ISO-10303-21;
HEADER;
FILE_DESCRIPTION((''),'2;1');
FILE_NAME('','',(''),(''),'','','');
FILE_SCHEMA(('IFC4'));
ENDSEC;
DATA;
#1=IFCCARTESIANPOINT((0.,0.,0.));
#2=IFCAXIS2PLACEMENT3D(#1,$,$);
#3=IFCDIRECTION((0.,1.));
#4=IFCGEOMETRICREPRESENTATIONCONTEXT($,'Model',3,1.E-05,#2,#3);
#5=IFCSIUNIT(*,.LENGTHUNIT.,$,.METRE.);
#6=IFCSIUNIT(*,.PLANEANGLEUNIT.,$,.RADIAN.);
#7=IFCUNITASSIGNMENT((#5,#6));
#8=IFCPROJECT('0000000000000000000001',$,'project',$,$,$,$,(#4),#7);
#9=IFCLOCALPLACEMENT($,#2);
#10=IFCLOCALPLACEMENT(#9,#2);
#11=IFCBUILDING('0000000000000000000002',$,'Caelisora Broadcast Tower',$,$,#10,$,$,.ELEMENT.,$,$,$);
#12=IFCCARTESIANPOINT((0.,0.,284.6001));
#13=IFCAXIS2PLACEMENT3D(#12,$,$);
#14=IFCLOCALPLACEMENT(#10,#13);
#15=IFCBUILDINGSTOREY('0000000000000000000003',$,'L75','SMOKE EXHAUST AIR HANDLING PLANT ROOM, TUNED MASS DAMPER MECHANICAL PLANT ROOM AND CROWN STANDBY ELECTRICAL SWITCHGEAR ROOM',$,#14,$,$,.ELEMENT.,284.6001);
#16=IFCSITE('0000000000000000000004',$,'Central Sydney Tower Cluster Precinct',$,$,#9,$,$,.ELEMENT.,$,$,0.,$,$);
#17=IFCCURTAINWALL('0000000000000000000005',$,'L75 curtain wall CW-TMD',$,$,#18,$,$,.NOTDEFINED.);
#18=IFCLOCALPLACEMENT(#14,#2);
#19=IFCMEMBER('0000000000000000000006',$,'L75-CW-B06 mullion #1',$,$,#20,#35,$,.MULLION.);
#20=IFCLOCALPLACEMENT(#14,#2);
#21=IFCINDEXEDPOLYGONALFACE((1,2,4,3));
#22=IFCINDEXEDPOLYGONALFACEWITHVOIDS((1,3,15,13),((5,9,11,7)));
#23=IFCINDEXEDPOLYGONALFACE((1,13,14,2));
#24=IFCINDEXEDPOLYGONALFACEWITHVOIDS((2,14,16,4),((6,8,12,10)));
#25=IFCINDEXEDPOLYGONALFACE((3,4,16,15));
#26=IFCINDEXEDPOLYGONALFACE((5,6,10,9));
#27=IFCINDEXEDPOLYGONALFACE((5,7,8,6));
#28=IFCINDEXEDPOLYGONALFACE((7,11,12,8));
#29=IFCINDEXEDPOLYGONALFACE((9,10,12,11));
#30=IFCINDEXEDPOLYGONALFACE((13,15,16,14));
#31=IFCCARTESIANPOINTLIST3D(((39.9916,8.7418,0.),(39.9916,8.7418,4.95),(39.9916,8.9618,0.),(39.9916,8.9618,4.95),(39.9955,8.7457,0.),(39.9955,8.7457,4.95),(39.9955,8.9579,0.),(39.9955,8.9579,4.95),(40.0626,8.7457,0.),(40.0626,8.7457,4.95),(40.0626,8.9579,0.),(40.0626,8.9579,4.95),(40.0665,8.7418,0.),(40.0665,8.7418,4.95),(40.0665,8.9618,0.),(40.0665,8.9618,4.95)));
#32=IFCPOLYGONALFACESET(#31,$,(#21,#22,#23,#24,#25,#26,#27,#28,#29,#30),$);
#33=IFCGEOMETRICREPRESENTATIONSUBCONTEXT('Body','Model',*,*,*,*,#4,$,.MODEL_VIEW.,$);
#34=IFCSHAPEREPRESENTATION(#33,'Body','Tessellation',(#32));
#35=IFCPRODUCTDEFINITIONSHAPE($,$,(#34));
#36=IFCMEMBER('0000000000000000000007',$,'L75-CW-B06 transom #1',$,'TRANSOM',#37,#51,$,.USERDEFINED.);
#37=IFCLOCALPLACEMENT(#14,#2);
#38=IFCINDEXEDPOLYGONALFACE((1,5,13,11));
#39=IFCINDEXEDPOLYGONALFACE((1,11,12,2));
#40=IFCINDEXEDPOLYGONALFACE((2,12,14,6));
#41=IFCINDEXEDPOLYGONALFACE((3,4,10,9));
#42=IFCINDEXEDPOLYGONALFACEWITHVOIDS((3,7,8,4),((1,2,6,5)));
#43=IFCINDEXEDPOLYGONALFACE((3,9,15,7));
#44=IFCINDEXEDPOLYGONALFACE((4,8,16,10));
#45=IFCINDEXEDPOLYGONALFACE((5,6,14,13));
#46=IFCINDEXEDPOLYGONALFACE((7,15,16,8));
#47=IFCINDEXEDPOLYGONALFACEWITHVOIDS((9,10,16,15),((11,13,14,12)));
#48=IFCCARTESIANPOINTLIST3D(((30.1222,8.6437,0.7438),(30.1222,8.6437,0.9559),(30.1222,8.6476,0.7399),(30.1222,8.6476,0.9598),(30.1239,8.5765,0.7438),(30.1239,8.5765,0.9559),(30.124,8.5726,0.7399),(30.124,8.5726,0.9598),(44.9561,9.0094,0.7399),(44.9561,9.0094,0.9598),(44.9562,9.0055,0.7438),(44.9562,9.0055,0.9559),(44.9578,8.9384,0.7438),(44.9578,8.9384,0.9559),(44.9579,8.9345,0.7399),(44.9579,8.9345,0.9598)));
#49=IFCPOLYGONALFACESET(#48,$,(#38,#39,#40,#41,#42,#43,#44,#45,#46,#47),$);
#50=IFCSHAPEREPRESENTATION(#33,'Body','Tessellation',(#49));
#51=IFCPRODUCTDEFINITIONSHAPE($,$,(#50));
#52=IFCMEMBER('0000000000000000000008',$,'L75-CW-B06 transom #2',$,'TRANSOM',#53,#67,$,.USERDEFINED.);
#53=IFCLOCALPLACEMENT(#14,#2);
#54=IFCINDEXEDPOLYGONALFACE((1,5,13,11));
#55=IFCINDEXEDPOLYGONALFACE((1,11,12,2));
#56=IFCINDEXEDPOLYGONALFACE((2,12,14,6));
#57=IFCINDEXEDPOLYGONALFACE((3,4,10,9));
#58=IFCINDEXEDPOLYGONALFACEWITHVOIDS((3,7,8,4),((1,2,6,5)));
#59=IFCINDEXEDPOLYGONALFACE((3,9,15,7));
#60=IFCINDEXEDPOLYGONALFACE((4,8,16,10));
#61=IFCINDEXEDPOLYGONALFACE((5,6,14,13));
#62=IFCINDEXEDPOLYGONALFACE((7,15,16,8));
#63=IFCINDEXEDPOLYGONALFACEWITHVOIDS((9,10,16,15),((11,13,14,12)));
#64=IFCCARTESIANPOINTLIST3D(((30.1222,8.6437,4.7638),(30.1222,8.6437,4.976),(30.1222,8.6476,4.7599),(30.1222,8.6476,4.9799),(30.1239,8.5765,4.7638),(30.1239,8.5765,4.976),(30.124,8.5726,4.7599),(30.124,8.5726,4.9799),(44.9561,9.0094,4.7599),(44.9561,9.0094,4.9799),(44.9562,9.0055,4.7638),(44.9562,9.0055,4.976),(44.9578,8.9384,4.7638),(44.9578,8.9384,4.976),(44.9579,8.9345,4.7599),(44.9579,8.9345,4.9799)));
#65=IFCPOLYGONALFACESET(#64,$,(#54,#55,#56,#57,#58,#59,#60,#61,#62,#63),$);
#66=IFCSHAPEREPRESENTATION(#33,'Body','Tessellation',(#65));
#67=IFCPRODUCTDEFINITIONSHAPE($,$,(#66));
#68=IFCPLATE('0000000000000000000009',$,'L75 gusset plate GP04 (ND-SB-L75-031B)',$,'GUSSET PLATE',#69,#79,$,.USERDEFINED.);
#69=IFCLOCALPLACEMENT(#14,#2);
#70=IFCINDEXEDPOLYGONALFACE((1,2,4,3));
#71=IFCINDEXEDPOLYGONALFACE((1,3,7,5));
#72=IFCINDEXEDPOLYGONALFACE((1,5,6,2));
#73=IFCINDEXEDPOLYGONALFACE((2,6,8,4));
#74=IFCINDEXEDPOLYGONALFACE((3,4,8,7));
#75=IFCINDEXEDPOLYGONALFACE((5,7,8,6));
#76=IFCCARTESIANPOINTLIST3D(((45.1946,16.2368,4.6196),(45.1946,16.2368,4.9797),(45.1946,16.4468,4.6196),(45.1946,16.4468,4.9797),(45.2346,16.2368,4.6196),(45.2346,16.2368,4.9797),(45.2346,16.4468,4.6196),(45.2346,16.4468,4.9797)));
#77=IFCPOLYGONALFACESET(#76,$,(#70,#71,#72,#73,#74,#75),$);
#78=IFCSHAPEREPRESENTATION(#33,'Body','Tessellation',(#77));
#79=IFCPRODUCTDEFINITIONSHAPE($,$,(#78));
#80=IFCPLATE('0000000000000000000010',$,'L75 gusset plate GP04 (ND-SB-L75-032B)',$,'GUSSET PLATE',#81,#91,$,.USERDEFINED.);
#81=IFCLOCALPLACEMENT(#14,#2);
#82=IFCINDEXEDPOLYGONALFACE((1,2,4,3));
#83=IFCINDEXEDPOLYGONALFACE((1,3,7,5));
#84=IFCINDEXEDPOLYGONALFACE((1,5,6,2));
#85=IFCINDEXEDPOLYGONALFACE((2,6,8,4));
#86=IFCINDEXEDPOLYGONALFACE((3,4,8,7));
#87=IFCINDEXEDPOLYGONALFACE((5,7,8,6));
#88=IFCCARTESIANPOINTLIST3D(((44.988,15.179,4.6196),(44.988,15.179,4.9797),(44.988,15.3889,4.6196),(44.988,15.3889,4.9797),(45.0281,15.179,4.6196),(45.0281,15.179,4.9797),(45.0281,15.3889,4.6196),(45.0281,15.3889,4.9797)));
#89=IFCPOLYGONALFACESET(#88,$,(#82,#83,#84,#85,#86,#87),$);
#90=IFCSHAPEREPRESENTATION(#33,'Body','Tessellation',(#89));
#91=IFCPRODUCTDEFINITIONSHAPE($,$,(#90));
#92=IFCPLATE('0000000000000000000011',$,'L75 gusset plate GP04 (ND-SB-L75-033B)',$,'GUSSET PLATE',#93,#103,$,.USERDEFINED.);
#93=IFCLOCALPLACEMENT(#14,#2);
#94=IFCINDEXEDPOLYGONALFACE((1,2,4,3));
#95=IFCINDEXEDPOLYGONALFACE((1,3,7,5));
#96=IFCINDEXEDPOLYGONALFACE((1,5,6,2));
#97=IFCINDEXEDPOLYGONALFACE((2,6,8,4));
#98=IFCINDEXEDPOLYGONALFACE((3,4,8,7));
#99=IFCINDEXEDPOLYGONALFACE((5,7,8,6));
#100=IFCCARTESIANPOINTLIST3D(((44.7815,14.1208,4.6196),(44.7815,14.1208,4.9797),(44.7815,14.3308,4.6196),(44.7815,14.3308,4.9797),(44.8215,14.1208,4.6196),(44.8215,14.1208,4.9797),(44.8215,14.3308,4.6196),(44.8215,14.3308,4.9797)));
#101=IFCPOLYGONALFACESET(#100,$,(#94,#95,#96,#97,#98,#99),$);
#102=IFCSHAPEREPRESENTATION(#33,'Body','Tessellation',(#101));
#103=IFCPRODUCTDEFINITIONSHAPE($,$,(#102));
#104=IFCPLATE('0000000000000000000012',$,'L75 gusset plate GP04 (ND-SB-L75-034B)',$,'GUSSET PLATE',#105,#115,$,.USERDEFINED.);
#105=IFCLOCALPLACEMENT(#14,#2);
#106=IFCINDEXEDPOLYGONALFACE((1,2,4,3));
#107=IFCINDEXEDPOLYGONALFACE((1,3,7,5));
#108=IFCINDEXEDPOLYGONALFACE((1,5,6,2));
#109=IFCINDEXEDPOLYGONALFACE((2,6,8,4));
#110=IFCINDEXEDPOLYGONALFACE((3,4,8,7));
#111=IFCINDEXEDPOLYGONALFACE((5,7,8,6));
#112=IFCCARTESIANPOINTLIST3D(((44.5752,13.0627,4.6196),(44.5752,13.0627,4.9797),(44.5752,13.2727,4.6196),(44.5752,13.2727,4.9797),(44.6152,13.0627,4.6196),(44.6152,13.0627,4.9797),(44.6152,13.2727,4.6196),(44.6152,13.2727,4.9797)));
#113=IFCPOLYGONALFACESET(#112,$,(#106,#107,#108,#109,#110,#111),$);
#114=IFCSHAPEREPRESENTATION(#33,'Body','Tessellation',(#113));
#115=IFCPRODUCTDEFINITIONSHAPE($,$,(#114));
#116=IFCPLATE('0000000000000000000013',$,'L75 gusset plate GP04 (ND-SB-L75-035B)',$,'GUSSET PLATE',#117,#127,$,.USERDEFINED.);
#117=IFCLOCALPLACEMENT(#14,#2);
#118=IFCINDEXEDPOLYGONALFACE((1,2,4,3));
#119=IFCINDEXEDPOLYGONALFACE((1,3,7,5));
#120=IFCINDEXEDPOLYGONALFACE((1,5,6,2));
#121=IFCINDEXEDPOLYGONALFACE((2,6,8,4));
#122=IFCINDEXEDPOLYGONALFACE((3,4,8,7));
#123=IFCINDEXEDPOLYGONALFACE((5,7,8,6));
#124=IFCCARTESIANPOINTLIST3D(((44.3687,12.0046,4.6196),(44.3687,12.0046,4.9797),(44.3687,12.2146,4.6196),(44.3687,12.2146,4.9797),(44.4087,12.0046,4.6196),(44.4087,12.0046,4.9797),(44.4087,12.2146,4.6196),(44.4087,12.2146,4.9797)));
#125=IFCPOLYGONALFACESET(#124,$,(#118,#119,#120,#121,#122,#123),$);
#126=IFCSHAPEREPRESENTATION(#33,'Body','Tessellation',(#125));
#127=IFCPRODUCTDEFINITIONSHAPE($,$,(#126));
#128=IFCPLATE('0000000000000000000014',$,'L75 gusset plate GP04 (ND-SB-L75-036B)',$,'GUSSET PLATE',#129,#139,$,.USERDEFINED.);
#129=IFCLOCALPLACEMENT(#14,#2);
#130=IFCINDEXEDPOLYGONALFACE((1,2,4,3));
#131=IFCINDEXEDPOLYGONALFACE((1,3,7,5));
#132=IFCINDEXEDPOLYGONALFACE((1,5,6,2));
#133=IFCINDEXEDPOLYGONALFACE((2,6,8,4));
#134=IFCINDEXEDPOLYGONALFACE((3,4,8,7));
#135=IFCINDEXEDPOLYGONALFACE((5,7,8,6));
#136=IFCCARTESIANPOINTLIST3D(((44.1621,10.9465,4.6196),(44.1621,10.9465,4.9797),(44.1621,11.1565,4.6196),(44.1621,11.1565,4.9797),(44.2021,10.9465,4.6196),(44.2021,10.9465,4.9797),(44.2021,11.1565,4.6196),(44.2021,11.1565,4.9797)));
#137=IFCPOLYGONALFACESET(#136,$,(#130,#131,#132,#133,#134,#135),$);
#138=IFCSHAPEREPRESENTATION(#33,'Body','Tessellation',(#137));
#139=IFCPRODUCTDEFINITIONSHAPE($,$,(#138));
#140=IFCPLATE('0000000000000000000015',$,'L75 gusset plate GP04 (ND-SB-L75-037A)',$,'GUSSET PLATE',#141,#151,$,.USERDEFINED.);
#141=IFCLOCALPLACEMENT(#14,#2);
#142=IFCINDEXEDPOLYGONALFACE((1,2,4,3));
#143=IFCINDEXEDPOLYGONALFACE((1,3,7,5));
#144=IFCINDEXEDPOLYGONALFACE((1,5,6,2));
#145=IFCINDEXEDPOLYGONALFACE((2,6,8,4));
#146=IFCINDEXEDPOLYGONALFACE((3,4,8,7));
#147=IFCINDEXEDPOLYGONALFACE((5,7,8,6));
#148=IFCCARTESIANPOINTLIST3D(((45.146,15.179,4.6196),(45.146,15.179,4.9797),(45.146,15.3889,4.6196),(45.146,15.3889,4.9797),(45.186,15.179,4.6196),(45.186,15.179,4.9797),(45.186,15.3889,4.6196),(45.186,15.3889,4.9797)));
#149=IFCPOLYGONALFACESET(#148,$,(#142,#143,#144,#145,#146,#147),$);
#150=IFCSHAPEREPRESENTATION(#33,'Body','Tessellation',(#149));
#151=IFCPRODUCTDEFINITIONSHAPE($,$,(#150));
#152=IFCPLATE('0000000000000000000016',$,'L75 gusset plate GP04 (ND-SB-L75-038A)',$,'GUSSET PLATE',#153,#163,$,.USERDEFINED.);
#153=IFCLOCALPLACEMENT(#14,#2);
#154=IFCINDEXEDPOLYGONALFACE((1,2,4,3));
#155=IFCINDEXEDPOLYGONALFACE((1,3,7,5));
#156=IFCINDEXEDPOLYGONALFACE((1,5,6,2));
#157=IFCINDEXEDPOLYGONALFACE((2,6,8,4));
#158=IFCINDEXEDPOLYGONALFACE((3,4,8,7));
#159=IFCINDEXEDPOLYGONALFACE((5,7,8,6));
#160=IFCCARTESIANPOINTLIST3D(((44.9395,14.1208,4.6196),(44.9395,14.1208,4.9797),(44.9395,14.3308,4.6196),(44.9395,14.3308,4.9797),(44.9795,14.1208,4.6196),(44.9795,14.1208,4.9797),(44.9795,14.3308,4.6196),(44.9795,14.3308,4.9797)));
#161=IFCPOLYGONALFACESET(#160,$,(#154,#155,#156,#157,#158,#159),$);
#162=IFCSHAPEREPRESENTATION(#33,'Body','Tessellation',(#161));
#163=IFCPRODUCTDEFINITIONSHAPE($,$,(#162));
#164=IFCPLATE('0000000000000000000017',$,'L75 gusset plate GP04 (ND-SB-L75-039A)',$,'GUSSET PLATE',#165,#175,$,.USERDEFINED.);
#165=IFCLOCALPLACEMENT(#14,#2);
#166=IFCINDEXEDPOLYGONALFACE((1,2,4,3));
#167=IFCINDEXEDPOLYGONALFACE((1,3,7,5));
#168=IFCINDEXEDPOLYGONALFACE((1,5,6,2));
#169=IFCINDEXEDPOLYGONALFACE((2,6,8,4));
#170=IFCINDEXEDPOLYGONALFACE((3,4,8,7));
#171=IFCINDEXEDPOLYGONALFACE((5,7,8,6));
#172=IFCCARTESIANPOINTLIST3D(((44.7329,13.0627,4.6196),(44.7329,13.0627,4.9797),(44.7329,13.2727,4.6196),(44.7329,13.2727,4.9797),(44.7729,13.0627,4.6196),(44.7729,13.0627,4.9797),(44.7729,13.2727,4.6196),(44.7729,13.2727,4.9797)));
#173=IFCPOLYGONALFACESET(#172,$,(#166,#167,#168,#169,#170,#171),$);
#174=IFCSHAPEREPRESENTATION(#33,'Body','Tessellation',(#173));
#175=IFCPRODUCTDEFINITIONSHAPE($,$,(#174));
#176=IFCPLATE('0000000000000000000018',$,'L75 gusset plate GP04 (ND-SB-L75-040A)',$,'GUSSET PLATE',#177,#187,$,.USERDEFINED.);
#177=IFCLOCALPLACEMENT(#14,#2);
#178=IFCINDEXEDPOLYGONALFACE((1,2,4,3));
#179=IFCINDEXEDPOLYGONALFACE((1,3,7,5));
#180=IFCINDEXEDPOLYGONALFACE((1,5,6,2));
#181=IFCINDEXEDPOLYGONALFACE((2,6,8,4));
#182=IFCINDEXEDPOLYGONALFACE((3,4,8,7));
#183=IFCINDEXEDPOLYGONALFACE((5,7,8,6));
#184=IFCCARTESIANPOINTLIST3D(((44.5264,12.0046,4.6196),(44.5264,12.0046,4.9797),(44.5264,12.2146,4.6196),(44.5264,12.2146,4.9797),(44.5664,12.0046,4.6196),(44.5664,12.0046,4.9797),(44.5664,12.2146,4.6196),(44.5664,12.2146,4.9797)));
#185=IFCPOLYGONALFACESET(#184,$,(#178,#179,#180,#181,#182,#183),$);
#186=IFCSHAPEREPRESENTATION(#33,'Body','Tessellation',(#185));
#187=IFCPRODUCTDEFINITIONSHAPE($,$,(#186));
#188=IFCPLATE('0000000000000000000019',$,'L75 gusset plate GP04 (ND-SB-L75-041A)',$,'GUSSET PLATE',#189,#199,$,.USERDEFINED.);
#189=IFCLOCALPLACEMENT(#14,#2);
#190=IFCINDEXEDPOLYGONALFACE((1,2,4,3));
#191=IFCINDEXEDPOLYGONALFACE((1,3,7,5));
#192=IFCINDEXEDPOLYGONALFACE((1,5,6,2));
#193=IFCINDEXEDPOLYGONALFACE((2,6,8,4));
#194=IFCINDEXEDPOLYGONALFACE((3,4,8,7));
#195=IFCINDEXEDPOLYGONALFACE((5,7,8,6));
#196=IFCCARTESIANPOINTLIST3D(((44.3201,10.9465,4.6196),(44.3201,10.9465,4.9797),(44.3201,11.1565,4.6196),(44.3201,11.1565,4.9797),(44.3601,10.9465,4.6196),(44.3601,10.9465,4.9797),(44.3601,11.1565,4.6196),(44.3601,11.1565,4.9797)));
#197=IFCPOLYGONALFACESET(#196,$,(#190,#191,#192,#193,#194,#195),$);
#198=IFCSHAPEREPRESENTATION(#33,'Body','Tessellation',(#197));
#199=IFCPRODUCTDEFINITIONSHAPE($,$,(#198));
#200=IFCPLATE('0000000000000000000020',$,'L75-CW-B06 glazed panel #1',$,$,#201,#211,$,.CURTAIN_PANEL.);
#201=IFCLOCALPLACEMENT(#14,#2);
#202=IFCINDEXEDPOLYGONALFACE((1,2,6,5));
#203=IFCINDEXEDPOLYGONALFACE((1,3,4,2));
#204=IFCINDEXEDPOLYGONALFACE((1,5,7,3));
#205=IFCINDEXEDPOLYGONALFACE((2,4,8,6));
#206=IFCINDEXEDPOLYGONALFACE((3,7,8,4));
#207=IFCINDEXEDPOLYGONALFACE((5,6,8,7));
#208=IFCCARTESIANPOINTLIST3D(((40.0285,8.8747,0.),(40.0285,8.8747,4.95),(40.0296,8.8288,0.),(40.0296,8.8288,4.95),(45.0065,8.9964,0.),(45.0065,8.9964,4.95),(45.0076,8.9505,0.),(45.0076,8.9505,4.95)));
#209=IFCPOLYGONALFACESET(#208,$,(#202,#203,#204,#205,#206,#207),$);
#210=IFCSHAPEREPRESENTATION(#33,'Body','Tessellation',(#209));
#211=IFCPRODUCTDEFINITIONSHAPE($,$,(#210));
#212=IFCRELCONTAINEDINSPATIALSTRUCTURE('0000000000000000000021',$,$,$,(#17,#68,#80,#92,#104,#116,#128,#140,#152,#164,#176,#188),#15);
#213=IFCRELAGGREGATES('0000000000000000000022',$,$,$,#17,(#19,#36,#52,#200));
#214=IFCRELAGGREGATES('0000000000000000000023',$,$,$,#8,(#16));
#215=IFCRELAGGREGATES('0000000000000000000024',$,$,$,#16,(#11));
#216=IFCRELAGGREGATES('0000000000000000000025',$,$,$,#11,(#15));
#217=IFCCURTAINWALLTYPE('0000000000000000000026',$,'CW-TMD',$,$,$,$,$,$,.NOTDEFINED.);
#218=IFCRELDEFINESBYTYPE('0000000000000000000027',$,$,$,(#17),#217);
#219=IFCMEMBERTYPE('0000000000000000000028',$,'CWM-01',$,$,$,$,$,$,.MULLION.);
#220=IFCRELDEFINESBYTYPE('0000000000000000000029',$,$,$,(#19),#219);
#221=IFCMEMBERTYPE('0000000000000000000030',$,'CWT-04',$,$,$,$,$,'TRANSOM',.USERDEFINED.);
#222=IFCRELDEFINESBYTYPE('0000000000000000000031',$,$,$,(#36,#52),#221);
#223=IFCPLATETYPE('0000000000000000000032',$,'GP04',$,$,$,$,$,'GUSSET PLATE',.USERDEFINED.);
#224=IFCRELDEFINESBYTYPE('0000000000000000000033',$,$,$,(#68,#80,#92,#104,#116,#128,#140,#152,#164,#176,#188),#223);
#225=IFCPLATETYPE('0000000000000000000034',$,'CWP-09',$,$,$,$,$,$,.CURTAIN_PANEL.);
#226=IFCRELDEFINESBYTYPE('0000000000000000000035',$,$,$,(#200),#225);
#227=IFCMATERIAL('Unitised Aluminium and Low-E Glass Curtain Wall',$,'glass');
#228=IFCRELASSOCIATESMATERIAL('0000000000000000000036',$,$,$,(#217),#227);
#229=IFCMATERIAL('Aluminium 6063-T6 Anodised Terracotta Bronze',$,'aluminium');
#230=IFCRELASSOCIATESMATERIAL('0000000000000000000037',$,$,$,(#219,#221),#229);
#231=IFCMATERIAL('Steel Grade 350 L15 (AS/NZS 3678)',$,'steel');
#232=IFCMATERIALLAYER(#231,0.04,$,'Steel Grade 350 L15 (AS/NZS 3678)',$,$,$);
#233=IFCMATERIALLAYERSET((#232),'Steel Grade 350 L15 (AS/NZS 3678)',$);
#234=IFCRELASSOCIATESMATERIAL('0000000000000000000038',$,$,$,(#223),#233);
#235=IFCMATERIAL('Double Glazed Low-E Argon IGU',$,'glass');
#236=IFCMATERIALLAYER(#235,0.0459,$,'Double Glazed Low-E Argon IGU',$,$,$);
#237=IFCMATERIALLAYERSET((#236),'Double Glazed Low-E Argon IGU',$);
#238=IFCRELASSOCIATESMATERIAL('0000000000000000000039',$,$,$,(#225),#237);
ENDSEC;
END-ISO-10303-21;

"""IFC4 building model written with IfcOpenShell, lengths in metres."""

from ifc_helpers import new_model, si_unit, direction, frame, origin, origin_2d, place, context, subcontext, project, spatial, rectangle, hollow_rectangle, extrude, source, transform, mapped, material, layer, layer_set, material_profile, profile_set, type_object, type_shapes, element, aggregate, save


model = new_model("IFC4")

# Units and contexts
model_context = context("Model", 3, precision=1e-05, world=origin(), true_north=direction((0.0, 1.0)))
body_context = subcontext(model_context, "Body", "Model", "MODEL_VIEW")
ifc_project = project(units=[si_unit("LENGTHUNIT", "METRE"), si_unit("PLANEANGLEUNIT", "RADIAN")], contexts=[model_context])

# Site, building, storey
site_placement = place(None, origin())
site = spatial("IfcSite", under=ifc_project, at=site_placement, Name="Central Sydney Tower Cluster Precinct", CompositionType="ELEMENT", RefElevation=0.0)
building_placement = place(site_placement, origin())
building = spatial("IfcBuilding", under=site, at=building_placement, Name="Caelisora Broadcast Tower", CompositionType="ELEMENT")
storey_placement = place(building_placement, frame((0.0, 0.0, 284.6001)))
storey = spatial("IfcBuildingStorey", under=building, at=storey_placement, Name="L75", Description="SMOKE EXHAUST AIR HANDLING PLANT ROOM, TUNED MASS DAMPER MECHANICAL PLANT ROOM AND CROWN STANDBY ELECTRICAL SWITCHGEAR ROOM", CompositionType="ELEMENT", Elevation=284.6001)

# Shared definitions
ifc_material_1 = material(Name="Steel Grade 350 L15 (AS/NZS 3678)", Category="steel")

# Shared definitions
ifc_material_2 = material(Name="Unitised Aluminium and Low-E Glass Curtain Wall", Category="glass")
curtain_wall_type = type_object("IfcCurtainWallType", Name="CW-TMD", PredefinedType="NOTDEFINED", material=ifc_material_2)
ifc_material_3 = material(Name="Aluminium 6063-T6 Anodised Terracotta Bronze", Category="aluminium")
ifc_material_profile_1 = material_profile(ifc_material_3, hollow_rectangle(XDim=0.075, YDim=0.22, WallThickness=0.0039, at=origin_2d()), Name="Aluminium 6063-T6 Anodised Terracotta Bronze")
ifc_profile_set_1 = profile_set([ifc_material_profile_1], Name="Aluminium 6063-T6 Anodised Terracotta Bronze")
member_type_1 = type_object("IfcMemberType", Name="CWM-01", PredefinedType="MULLION", material=ifc_profile_set_1)
shared_shape_1 = source(origin(), body_context, "Body", "SweptSolid", [
    extrude(hollow_rectangle(XDim=0.075, YDim=0.22, WallThickness=0.0039, at=origin_2d()), origin(), (0.0, 0.0, 1.0), 4.95),
])
type_shapes(member_type_1, [shared_shape_1])

# Curtain wall, members
curtain_wall_1_placement = place(storey_placement, origin())
curtain_wall_1 = element("IfcCurtainWall", 1, at=curtain_wall_1_placement, inside=storey, type_object=curtain_wall_type, Name="L75 curtain wall CW-TMD", PredefinedType="NOTDEFINED")
member_1_placement = place(storey_placement, frame((40.0291, 8.8518, 0.0), z_axis=(0.0, 0.0, 1.0), x_axis=(1.0, 0.0, 0.0)))
member_1 = element("IfcMember", 2, at=member_1_placement, type_object=member_type_1, Name="L75-CW-B06 mullion #1", PredefinedType="MULLION", context=body_context, shape_type="MappedRepresentation", body=[
    mapped(shared_shape_1, transform((0.0, 0.0, 0.0), scale=1.0)),
])
ifc_material_profile_2 = material_profile(ifc_material_3, hollow_rectangle(XDim=0.075, YDim=0.22, WallThickness=0.0039, at=origin_2d()), Name="Aluminium 6063-T6 Anodised Terracotta Bronze")
ifc_profile_set_2 = profile_set([ifc_material_profile_2], Name="Aluminium 6063-T6 Anodised Terracotta Bronze")
member_type_2 = type_object("IfcMemberType", Name="CWT-04", ElementType="TRANSOM", PredefinedType="USERDEFINED", material=ifc_profile_set_2)
shared_shape_2 = source(origin(), body_context, "Body", "SweptSolid", [
    extrude(hollow_rectangle(XDim=0.075, YDim=0.22, WallThickness=0.0039, at=origin_2d()), origin(), (0.0, 0.0, 1.0), 14.8384),
])
type_shapes(member_type_2, [shared_shape_2])
member_2_placement = place(storey_placement, frame((44.957, 8.9719, 0.8499), z_axis=(-0.999703, -0.024384, 0.0), x_axis=(0.024384, -0.999703, 0.0)))
member_2 = element("IfcMember", 3, at=member_2_placement, type_object=member_type_2, Name="L75-CW-B06 transom #1", ObjectType="TRANSOM", PredefinedType="USERDEFINED", context=body_context, shape_type="MappedRepresentation", body=[
    mapped(shared_shape_2, transform((0.0, 0.0, 0.0), scale=1.0)),
])
member_3_placement = place(storey_placement, frame((44.957, 8.9719, 4.8699), z_axis=(-0.999703, -0.024384, 0.0), x_axis=(0.024384, -0.999703, 0.0)))
member_3 = element("IfcMember", 4, at=member_3_placement, type_object=member_type_2, Name="L75-CW-B06 transom #2", ObjectType="TRANSOM", PredefinedType="USERDEFINED", context=body_context, shape_type="MappedRepresentation", body=[
    mapped(shared_shape_2, transform((0.0, 0.0, 0.0), scale=1.0)),
])

# Plates
ifc_layer_1 = layer(ifc_material_1, 0.04, Name="Steel Grade 350 L15 (AS/NZS 3678)")
ifc_layer_set_1 = layer_set([ifc_layer_1], Name="Steel Grade 350 L15 (AS/NZS 3678)")
plate_type_1 = type_object("IfcPlateType", Name="GP04", ElementType="GUSSET PLATE", PredefinedType="USERDEFINED", material=ifc_layer_set_1)
shared_shape_3 = source(origin(), body_context, "Body", "SweptSolid", [
    extrude(rectangle(XDim=0.21, YDim=0.04, at=origin_2d()), origin(), (0.0, 0.0, 1.0), 0.3601),
])
type_shapes(plate_type_1, [shared_shape_3])
for number, where, z_axis, x_axis, name in (
    (5, (45.2146, 16.3418, 4.6196), (0.0, 0.0, 1.0), (0.0, 1.0, 0.0), "L75 gusset plate GP04 (ND-SB-L75-031B)"),
    (6, (45.0081, 15.2839, 4.6196), (0.0, 0.0, 1.0), (0.0, 1.0, 0.0), "L75 gusset plate GP04 (ND-SB-L75-032B)"),
    (7, (44.8015, 14.2258, 4.6196), (0.0, 0.0, 1.0), (0.0, 1.0, 0.0), "L75 gusset plate GP04 (ND-SB-L75-033B)"),
    (8, (44.5952, 13.1677, 4.6196), (0.0, 0.0, 1.0), (0.0, 1.0, 0.0), "L75 gusset plate GP04 (ND-SB-L75-034B)"),
    (9, (44.3887, 12.1096, 4.6196), (0.0, 0.0, 1.0), (0.0, 1.0, 0.0), "L75 gusset plate GP04 (ND-SB-L75-035B)"),
    (10, (44.1821, 11.0515, 4.6196), (0.0, 0.0, 1.0), (0.0, 1.0, 0.0), "L75 gusset plate GP04 (ND-SB-L75-036B)"),
    (11, (45.166, 15.2839, 4.6196), (0.0, 0.0, 1.0), (0.0, 1.0, 0.0), "L75 gusset plate GP04 (ND-SB-L75-037A)"),
    (12, (44.9595, 14.2258, 4.6196), (0.0, 0.0, 1.0), (0.0, 1.0, 0.0), "L75 gusset plate GP04 (ND-SB-L75-038A)"),
    (13, (44.7529, 13.1677, 4.6196), (0.0, 0.0, 1.0), (0.0, 1.0, 0.0), "L75 gusset plate GP04 (ND-SB-L75-039A)"),
    (14, (44.5464, 12.1096, 4.6196), (0.0, 0.0, 1.0), (0.0, 1.0, 0.0), "L75 gusset plate GP04 (ND-SB-L75-040A)"),
    (15, (44.3401, 11.0515, 4.6196), (0.0, 0.0, 1.0), (0.0, 1.0, 0.0), "L75 gusset plate GP04 (ND-SB-L75-041A)"),
):
    element("IfcPlate", number, at=place(storey_placement, frame(where, z_axis=z_axis, x_axis=x_axis)), inside=storey, type_object=plate_type_1, Name=name, ObjectType="GUSSET PLATE", PredefinedType="USERDEFINED", context=body_context, shape_type="MappedRepresentation", body=[
        mapped(shared_shape_3, transform((0.0, 0.0, 0.0), scale=1.0)),
    ])

# Plate
ifc_material_4 = material(Name="Double Glazed Low-E Argon IGU", Category="glass")
ifc_layer_2 = layer(ifc_material_4, 0.0459, Name="Double Glazed Low-E Argon IGU")
ifc_layer_set_2 = layer_set([ifc_layer_2], Name="Double Glazed Low-E Argon IGU")
plate_type_2 = type_object("IfcPlateType", Name="CWP-09", PredefinedType="CURTAIN_PANEL", material=ifc_layer_set_2)
shared_shape_4 = source(origin(), body_context, "Body", "SweptSolid", [
    extrude(rectangle(XDim=4.9795, YDim=0.0459, at=origin_2d()), origin(), (0.0, 0.0, 1.0), 4.95),
])
type_shapes(plate_type_2, [shared_shape_4])
plate_placement = place(storey_placement, frame((42.5181, 8.9126, 0.0), z_axis=(0.0, 0.0, 1.0), x_axis=(-0.999701, -0.024432, 0.0)))
plate = element("IfcPlate", 16, at=plate_placement, type_object=plate_type_2, Name="L75-CW-B06 glazed panel #1", PredefinedType="CURTAIN_PANEL", context=body_context, shape_type="MappedRepresentation", body=[
    mapped(shared_shape_4, transform((0.0, 0.0, 0.0), scale=1.0)),
])
aggregate(curtain_wall_1, [member_1, member_2, member_3, plate])

save(model, "model.ifc")
